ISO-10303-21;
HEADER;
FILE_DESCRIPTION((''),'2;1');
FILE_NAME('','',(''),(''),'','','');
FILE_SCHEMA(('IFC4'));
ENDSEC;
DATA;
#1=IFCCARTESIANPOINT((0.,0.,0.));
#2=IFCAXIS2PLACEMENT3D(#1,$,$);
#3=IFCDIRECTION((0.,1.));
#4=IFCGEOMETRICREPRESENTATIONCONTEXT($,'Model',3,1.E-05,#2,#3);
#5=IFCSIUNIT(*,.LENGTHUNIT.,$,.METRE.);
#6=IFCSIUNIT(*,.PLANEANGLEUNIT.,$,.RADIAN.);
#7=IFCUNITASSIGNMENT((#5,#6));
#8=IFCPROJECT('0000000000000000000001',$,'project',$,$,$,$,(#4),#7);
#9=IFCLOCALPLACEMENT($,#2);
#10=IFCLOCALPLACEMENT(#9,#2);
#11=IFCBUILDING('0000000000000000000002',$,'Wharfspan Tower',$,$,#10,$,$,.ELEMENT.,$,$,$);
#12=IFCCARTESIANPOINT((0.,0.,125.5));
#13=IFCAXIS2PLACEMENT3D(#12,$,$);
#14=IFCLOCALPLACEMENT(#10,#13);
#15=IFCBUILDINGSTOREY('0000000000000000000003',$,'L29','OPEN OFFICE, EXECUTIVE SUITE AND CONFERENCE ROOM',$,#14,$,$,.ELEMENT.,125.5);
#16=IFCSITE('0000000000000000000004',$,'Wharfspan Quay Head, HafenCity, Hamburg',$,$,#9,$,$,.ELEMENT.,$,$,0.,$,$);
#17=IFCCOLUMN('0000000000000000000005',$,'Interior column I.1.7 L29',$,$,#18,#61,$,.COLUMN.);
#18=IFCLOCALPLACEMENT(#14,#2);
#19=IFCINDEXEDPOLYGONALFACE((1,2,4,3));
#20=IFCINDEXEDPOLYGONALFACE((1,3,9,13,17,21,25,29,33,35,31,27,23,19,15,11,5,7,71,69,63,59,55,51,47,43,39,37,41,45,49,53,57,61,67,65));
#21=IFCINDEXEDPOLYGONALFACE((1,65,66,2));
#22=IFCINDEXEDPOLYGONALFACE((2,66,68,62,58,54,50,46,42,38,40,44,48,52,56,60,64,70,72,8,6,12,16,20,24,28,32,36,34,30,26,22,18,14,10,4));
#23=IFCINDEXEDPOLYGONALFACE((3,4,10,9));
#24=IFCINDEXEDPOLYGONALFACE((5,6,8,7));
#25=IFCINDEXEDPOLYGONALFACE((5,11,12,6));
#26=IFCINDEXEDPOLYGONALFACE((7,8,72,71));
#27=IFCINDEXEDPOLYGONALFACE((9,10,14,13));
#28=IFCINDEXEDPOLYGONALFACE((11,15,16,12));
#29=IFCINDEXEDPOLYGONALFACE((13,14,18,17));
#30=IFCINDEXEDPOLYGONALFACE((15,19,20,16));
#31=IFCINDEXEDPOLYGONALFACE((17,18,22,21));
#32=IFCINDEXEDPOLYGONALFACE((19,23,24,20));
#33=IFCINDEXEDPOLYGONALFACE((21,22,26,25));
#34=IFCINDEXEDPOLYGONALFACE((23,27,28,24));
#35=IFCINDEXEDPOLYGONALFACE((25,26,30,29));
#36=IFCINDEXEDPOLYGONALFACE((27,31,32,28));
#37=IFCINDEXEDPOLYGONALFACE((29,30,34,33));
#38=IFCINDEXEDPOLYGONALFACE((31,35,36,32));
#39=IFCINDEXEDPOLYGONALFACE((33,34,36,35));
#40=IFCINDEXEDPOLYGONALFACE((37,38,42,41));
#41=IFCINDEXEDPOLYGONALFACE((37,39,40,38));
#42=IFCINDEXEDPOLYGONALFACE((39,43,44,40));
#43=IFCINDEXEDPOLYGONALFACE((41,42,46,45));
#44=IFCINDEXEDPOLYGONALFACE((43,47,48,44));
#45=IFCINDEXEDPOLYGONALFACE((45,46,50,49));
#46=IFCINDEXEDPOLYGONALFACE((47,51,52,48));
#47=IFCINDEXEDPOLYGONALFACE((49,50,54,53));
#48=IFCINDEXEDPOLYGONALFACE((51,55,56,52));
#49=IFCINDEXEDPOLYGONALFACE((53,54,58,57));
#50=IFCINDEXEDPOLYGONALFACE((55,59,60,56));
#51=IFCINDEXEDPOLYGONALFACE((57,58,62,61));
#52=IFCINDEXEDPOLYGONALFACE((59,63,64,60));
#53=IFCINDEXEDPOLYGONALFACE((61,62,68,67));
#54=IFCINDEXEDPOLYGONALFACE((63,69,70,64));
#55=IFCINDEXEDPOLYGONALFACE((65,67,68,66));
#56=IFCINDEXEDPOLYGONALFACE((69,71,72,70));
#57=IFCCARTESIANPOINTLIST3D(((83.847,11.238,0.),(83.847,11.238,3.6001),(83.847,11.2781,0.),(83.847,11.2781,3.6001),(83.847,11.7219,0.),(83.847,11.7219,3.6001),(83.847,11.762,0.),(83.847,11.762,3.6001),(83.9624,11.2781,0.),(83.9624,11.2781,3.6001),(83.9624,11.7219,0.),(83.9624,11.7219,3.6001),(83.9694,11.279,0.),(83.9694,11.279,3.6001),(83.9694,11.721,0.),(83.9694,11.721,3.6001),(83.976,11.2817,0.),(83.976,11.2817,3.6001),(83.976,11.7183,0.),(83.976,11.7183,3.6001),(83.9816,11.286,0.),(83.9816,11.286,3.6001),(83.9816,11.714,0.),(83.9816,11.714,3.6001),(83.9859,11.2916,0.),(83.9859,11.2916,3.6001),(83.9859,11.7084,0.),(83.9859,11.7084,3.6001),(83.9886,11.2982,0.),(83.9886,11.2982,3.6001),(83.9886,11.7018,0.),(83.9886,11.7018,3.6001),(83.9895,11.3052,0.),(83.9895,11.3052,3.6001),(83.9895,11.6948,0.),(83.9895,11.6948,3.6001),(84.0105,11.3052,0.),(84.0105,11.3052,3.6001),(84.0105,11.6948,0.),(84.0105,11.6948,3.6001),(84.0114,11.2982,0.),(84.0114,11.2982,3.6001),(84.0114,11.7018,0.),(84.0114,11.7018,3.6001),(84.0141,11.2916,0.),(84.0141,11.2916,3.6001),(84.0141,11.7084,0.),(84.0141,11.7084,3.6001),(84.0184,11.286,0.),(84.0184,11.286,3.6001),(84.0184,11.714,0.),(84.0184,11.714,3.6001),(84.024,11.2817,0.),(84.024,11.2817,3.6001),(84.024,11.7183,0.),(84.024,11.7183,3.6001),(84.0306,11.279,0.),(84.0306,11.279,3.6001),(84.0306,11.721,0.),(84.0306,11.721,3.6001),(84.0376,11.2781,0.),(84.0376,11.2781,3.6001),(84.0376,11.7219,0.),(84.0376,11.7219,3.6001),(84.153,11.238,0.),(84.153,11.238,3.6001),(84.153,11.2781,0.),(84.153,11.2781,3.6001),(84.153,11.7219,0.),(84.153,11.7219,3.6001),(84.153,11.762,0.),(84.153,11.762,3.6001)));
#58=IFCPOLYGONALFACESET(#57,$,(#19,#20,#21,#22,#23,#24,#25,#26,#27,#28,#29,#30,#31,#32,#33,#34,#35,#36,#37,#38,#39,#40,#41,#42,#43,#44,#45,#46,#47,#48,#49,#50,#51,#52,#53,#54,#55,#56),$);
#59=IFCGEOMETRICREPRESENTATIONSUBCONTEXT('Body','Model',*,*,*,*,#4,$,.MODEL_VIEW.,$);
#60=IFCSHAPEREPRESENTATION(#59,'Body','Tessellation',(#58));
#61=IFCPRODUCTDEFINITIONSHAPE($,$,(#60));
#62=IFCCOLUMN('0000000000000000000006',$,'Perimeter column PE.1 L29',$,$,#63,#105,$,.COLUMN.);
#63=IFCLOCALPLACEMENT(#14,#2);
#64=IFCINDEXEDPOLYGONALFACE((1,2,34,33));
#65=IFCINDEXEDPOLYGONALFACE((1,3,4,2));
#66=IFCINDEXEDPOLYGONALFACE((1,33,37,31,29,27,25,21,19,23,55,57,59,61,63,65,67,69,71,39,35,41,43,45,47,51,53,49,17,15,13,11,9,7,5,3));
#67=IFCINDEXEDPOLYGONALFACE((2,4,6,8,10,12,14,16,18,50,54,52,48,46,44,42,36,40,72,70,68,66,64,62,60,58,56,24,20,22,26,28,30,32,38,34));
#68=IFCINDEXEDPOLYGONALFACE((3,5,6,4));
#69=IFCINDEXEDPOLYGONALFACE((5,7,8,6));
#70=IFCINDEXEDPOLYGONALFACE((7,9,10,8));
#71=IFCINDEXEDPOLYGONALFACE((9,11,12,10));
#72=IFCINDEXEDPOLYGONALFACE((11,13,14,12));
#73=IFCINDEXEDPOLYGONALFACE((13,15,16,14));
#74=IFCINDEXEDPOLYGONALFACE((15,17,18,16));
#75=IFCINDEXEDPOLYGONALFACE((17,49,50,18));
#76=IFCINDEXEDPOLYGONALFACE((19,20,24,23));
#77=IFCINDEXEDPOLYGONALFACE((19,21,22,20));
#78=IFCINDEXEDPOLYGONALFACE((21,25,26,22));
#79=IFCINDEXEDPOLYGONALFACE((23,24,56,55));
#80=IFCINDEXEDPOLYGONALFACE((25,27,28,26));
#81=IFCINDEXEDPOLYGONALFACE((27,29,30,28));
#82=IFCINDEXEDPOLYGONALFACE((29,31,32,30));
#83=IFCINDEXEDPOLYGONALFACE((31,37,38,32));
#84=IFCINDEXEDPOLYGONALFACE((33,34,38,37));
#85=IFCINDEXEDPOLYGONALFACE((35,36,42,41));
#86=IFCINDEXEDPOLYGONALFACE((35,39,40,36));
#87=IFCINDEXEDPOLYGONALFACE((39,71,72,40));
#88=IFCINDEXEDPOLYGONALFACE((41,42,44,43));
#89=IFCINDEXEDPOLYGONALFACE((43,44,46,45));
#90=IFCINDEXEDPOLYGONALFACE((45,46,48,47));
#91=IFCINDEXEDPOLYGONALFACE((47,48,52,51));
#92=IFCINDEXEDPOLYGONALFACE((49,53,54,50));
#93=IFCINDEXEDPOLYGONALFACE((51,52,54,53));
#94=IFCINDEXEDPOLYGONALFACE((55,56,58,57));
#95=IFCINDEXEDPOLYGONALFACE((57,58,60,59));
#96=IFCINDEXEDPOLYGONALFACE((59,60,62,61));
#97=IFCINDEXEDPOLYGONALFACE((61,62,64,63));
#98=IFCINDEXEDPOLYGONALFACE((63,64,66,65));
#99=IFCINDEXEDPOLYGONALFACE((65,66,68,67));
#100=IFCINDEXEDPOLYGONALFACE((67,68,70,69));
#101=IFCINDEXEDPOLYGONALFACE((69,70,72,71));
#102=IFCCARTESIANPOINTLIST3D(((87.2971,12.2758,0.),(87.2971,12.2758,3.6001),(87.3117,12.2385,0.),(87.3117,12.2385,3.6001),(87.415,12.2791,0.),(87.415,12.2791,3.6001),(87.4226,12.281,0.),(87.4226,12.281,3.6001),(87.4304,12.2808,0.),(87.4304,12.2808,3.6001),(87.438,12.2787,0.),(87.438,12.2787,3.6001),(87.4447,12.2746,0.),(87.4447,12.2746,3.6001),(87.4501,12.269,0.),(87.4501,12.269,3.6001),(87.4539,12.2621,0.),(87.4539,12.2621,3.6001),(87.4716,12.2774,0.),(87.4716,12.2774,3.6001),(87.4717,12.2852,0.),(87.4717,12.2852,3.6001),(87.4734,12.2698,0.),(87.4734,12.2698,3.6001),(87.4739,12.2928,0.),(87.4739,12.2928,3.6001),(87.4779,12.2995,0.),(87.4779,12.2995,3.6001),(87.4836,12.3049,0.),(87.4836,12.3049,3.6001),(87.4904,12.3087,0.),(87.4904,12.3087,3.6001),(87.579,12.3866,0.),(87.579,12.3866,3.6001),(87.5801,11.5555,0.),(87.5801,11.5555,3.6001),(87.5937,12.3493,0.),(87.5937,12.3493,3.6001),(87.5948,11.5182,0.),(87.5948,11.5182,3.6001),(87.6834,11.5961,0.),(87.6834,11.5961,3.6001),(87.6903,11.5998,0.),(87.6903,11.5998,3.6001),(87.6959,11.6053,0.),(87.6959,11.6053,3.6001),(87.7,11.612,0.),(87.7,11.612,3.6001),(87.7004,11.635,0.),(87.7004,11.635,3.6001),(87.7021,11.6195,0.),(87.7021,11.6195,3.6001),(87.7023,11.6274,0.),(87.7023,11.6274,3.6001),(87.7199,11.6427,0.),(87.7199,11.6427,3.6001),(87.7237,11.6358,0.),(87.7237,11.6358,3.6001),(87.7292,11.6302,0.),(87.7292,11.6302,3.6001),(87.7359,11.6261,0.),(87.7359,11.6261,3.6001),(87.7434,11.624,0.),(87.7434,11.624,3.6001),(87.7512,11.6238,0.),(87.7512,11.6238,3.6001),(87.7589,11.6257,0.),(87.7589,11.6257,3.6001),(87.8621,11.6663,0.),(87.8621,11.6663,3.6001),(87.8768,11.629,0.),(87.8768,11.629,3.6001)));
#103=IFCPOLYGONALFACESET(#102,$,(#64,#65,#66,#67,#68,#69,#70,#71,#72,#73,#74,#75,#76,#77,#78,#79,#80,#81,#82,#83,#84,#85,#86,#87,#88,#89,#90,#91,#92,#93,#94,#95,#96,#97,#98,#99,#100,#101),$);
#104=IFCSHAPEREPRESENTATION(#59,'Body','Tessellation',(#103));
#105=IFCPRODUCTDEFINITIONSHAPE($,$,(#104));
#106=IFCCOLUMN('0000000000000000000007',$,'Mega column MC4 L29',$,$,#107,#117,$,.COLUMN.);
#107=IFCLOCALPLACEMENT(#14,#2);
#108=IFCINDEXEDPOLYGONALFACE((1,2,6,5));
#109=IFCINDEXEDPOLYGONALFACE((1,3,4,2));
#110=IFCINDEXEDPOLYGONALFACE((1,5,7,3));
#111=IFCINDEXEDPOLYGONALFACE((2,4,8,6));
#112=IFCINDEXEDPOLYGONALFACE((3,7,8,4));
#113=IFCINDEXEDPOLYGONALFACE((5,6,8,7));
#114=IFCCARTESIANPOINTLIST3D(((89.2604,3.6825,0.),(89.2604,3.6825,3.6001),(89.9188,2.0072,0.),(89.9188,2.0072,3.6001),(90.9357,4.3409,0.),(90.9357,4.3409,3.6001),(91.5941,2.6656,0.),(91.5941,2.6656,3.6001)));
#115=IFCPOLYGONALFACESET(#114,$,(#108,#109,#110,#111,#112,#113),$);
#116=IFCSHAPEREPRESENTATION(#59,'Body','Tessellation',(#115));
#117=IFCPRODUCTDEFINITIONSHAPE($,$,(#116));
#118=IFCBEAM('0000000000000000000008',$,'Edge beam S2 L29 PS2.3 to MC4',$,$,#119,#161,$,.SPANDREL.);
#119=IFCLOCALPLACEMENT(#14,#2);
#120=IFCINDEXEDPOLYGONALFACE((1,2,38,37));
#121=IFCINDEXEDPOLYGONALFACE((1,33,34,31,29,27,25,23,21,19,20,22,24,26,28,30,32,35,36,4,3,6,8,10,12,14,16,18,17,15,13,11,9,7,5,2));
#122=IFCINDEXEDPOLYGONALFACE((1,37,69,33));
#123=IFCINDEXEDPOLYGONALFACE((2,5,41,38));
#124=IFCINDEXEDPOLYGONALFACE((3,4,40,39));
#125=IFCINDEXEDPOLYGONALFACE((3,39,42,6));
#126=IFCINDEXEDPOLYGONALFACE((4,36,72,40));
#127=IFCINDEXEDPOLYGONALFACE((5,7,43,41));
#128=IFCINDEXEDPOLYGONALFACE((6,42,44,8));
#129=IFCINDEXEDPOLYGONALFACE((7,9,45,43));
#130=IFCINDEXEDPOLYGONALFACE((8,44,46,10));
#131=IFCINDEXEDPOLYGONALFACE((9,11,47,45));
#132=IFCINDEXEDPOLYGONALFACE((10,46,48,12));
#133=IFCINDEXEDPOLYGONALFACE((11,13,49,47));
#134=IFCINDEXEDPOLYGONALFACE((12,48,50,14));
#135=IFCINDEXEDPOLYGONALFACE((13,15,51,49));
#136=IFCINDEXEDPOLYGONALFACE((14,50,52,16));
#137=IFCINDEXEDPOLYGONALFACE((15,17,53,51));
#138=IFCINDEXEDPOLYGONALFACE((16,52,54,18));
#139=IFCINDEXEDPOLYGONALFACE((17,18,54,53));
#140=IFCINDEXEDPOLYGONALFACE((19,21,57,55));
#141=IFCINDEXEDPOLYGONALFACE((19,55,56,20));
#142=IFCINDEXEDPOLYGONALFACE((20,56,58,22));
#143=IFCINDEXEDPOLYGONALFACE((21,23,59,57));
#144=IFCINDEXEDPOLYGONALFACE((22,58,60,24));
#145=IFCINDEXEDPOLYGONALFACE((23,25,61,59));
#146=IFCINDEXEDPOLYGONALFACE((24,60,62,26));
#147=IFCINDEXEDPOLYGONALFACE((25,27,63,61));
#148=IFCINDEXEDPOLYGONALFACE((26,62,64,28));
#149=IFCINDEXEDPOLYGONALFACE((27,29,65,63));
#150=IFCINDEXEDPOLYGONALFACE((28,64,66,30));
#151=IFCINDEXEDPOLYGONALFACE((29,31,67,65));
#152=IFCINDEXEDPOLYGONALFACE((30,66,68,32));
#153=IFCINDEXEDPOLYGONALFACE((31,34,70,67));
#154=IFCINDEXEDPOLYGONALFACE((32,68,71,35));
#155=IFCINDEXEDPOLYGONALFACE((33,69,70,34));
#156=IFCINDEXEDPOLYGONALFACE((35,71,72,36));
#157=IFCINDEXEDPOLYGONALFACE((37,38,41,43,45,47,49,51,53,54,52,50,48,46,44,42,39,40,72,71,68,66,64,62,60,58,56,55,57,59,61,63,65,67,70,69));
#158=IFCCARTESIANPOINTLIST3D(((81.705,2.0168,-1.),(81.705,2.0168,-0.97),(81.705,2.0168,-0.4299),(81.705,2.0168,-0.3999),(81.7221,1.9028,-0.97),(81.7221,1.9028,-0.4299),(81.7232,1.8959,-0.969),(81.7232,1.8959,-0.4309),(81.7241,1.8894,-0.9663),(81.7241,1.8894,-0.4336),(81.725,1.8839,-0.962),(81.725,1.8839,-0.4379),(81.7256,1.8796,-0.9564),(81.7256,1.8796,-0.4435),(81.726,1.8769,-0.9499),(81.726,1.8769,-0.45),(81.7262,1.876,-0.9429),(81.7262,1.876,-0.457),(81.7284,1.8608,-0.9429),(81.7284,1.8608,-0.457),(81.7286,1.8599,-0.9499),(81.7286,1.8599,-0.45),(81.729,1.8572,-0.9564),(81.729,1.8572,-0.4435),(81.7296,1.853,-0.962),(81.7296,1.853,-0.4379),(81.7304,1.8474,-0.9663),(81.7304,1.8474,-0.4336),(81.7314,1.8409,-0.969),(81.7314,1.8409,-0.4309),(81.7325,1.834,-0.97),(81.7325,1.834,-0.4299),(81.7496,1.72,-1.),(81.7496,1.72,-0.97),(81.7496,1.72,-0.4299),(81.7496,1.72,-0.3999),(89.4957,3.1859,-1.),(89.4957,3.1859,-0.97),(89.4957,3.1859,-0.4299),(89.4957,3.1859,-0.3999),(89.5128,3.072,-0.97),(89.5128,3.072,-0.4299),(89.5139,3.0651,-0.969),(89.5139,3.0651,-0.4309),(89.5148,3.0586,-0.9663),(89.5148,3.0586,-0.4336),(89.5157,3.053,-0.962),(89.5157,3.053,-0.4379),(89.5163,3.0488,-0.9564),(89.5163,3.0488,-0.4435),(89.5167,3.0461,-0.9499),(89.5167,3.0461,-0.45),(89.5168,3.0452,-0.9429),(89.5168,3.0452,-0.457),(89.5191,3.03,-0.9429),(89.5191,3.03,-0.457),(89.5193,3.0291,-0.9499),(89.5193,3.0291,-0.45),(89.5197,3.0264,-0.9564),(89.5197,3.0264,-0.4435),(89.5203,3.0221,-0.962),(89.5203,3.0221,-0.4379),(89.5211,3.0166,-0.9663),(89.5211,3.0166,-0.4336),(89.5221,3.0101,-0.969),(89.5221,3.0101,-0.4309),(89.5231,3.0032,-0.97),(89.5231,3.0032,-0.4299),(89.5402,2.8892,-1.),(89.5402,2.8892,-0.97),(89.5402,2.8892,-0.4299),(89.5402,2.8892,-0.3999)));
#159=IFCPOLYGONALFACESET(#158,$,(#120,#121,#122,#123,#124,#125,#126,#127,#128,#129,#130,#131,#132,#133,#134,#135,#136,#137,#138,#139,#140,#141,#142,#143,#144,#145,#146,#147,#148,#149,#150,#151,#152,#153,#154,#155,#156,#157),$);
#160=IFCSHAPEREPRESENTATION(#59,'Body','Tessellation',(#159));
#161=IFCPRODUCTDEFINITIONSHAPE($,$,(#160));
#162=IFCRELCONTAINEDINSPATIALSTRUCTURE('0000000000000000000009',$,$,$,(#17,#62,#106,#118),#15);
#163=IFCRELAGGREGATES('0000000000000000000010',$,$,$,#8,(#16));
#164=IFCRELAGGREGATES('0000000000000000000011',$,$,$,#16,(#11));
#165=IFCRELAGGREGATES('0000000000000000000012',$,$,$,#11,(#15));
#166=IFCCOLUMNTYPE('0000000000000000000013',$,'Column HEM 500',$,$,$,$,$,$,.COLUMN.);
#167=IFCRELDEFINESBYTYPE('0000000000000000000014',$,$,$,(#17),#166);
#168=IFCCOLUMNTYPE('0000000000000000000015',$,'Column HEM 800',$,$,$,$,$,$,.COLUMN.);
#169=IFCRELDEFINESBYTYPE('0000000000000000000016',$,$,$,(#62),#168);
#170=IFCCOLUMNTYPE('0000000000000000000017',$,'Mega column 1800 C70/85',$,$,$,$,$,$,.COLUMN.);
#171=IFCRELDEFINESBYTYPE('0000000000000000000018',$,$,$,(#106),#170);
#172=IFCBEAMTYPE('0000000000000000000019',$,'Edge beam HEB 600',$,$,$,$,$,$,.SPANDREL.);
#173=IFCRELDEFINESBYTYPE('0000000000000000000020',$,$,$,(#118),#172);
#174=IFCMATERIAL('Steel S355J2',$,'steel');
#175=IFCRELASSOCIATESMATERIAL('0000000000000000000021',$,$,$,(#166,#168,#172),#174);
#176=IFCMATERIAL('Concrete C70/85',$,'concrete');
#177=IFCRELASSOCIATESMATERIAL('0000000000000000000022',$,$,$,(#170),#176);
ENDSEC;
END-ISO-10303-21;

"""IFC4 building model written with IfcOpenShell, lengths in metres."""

from ifc_helpers import new_model, si_unit, direction, frame, origin, origin_2d, place, context, subcontext, project, spatial, rectangle, i_section, extrude, material, material_profile, profile_set, type_object, element, save


model = new_model("IFC4")

# Units and contexts
model_context = context("Model", 3, precision=1e-05, world=origin(), true_north=direction((0.0, 1.0)))
body_context = subcontext(model_context, "Body", "Model", "MODEL_VIEW")
ifc_project = project(units=[si_unit("LENGTHUNIT", "METRE"), si_unit("PLANEANGLEUNIT", "RADIAN")], contexts=[model_context])

# Site, building, storey
site_placement = place(None, origin())
site = spatial("IfcSite", under=ifc_project, at=site_placement, Name="Wharfspan Quay Head, HafenCity, Hamburg", CompositionType="ELEMENT", RefElevation=0.0)
building_placement = place(site_placement, origin())
building = spatial("IfcBuilding", under=site, at=building_placement, Name="Wharfspan Tower", CompositionType="ELEMENT")
storey_placement = place(building_placement, frame((0.0, 0.0, 125.5)))
storey = spatial("IfcBuildingStorey", under=building, at=storey_placement, Name="L29", Description="OPEN OFFICE, EXECUTIVE SUITE AND CONFERENCE ROOM", CompositionType="ELEMENT", Elevation=125.5)

# Columns
ifc_material_1 = material(Name="Steel S355J2", Category="steel")
ifc_material_profile_1 = material_profile(ifc_material_1, i_section(OverallWidth=0.3059, OverallDepth=0.5239, WebThickness=0.021, FlangeThickness=0.04, FilletRadius=0.0271, at=origin_2d()))
ifc_profile_set_1 = profile_set([ifc_material_profile_1], Name="Steel S355J2")
column_type_1 = type_object("IfcColumnType", Name="Column HEM 500", PredefinedType="COLUMN", material=ifc_profile_set_1)
column_1_placement = place(storey_placement, frame((84.0, 11.5, 0.0), z_axis=(0.0, 0.0, 1.0), x_axis=(1.0, 0.0, 0.0)))
element("IfcColumn", 1, at=column_1_placement, inside=storey, type_object=column_type_1, Name="Interior column I.1.7 L29", PredefinedType="COLUMN", context=body_context, shape_type="SweptSolid", body=[
    extrude(i_section(OverallWidth=0.3059, OverallDepth=0.5239, WebThickness=0.021, FlangeThickness=0.04, FilletRadius=0.0271, at=origin_2d()), origin(), (0.0, 0.0, 1.0), 3.6001),
])
ifc_material_profile_2 = material_profile(ifc_material_1, i_section(OverallWidth=0.303, OverallDepth=0.814, WebThickness=0.021, FlangeThickness=0.04, FilletRadius=0.03, at=origin_2d()))
ifc_profile_set_2 = profile_set([ifc_material_profile_2], Name="Steel S355J2")
column_type_2 = type_object("IfcColumnType", Name="Column HEM 800", PredefinedType="COLUMN", material=ifc_profile_set_2)
column_2_placement = place(storey_placement, frame((87.5869, 11.9524, 0.0), z_axis=(0.0, 0.0, 1.0), x_axis=(0.930702, 0.365778, 0.0)))
element("IfcColumn", 2, at=column_2_placement, inside=storey, type_object=column_type_2, Name="Perimeter column PE.1 L29", PredefinedType="COLUMN", context=body_context, shape_type="SweptSolid", body=[
    extrude(i_section(OverallWidth=0.303, OverallDepth=0.814, WebThickness=0.021, FlangeThickness=0.04, FilletRadius=0.03, at=origin_2d()), origin(), (0.0, 0.0, 1.0), 3.6001),
])
ifc_material_2 = material(Name="Concrete C70/85", Category="concrete")
ifc_material_profile_3 = material_profile(ifc_material_2, rectangle(XDim=1.8, YDim=1.8, at=origin_2d()))
ifc_profile_set_3 = profile_set([ifc_material_profile_3], Name="Concrete C70/85")
column_type_3 = type_object("IfcColumnType", Name="Mega column 1800 C70/85", PredefinedType="COLUMN", material=ifc_profile_set_3)
column_3_placement = place(storey_placement, frame((90.4272, 3.1741, 0.0), z_axis=(0.0, 0.0, 1.0), x_axis=(-0.365778, 0.930702, 0.0)))
element("IfcColumn", 3, at=column_3_placement, inside=storey, type_object=column_type_3, Name="Mega column MC4 L29", PredefinedType="COLUMN", context=body_context, shape_type="SweptSolid", body=[
    extrude(rectangle(XDim=1.8, YDim=1.8, at=origin_2d()), origin(), (0.0, 0.0, 1.0), 3.6001),
])

# Beam
ifc_material_profile_4 = material_profile(ifc_material_1, i_section(OverallWidth=0.3, OverallDepth=0.6001, WebThickness=0.0154, FlangeThickness=0.03, FilletRadius=0.0271, at=origin_2d()))
ifc_profile_set_4 = profile_set([ifc_material_profile_4], Name="Steel S355J2")
beam_type = type_object("IfcBeamType", Name="Edge beam HEB 600", PredefinedType="SPANDREL", material=ifc_profile_set_4)
beam_1_placement = place(storey_placement, frame((81.7273, 1.8684, -0.7), z_axis=(0.988926, 0.148412, 0.0), x_axis=(-0.148412, 0.988926, 0.0)))
element("IfcBeam", 4, at=beam_1_placement, inside=storey, type_object=beam_type, Name="Edge beam S2 L29 PS2.3 to MC4", PredefinedType="SPANDREL", context=body_context, shape_type="SweptSolid", body=[
    extrude(i_section(OverallWidth=0.3, OverallDepth=0.6001, WebThickness=0.0154, FlangeThickness=0.03, FilletRadius=0.0271, at=origin_2d()), origin(), (0.0, 0.0, 1.0), 7.8779),
])

save(model, "model.ifc")
